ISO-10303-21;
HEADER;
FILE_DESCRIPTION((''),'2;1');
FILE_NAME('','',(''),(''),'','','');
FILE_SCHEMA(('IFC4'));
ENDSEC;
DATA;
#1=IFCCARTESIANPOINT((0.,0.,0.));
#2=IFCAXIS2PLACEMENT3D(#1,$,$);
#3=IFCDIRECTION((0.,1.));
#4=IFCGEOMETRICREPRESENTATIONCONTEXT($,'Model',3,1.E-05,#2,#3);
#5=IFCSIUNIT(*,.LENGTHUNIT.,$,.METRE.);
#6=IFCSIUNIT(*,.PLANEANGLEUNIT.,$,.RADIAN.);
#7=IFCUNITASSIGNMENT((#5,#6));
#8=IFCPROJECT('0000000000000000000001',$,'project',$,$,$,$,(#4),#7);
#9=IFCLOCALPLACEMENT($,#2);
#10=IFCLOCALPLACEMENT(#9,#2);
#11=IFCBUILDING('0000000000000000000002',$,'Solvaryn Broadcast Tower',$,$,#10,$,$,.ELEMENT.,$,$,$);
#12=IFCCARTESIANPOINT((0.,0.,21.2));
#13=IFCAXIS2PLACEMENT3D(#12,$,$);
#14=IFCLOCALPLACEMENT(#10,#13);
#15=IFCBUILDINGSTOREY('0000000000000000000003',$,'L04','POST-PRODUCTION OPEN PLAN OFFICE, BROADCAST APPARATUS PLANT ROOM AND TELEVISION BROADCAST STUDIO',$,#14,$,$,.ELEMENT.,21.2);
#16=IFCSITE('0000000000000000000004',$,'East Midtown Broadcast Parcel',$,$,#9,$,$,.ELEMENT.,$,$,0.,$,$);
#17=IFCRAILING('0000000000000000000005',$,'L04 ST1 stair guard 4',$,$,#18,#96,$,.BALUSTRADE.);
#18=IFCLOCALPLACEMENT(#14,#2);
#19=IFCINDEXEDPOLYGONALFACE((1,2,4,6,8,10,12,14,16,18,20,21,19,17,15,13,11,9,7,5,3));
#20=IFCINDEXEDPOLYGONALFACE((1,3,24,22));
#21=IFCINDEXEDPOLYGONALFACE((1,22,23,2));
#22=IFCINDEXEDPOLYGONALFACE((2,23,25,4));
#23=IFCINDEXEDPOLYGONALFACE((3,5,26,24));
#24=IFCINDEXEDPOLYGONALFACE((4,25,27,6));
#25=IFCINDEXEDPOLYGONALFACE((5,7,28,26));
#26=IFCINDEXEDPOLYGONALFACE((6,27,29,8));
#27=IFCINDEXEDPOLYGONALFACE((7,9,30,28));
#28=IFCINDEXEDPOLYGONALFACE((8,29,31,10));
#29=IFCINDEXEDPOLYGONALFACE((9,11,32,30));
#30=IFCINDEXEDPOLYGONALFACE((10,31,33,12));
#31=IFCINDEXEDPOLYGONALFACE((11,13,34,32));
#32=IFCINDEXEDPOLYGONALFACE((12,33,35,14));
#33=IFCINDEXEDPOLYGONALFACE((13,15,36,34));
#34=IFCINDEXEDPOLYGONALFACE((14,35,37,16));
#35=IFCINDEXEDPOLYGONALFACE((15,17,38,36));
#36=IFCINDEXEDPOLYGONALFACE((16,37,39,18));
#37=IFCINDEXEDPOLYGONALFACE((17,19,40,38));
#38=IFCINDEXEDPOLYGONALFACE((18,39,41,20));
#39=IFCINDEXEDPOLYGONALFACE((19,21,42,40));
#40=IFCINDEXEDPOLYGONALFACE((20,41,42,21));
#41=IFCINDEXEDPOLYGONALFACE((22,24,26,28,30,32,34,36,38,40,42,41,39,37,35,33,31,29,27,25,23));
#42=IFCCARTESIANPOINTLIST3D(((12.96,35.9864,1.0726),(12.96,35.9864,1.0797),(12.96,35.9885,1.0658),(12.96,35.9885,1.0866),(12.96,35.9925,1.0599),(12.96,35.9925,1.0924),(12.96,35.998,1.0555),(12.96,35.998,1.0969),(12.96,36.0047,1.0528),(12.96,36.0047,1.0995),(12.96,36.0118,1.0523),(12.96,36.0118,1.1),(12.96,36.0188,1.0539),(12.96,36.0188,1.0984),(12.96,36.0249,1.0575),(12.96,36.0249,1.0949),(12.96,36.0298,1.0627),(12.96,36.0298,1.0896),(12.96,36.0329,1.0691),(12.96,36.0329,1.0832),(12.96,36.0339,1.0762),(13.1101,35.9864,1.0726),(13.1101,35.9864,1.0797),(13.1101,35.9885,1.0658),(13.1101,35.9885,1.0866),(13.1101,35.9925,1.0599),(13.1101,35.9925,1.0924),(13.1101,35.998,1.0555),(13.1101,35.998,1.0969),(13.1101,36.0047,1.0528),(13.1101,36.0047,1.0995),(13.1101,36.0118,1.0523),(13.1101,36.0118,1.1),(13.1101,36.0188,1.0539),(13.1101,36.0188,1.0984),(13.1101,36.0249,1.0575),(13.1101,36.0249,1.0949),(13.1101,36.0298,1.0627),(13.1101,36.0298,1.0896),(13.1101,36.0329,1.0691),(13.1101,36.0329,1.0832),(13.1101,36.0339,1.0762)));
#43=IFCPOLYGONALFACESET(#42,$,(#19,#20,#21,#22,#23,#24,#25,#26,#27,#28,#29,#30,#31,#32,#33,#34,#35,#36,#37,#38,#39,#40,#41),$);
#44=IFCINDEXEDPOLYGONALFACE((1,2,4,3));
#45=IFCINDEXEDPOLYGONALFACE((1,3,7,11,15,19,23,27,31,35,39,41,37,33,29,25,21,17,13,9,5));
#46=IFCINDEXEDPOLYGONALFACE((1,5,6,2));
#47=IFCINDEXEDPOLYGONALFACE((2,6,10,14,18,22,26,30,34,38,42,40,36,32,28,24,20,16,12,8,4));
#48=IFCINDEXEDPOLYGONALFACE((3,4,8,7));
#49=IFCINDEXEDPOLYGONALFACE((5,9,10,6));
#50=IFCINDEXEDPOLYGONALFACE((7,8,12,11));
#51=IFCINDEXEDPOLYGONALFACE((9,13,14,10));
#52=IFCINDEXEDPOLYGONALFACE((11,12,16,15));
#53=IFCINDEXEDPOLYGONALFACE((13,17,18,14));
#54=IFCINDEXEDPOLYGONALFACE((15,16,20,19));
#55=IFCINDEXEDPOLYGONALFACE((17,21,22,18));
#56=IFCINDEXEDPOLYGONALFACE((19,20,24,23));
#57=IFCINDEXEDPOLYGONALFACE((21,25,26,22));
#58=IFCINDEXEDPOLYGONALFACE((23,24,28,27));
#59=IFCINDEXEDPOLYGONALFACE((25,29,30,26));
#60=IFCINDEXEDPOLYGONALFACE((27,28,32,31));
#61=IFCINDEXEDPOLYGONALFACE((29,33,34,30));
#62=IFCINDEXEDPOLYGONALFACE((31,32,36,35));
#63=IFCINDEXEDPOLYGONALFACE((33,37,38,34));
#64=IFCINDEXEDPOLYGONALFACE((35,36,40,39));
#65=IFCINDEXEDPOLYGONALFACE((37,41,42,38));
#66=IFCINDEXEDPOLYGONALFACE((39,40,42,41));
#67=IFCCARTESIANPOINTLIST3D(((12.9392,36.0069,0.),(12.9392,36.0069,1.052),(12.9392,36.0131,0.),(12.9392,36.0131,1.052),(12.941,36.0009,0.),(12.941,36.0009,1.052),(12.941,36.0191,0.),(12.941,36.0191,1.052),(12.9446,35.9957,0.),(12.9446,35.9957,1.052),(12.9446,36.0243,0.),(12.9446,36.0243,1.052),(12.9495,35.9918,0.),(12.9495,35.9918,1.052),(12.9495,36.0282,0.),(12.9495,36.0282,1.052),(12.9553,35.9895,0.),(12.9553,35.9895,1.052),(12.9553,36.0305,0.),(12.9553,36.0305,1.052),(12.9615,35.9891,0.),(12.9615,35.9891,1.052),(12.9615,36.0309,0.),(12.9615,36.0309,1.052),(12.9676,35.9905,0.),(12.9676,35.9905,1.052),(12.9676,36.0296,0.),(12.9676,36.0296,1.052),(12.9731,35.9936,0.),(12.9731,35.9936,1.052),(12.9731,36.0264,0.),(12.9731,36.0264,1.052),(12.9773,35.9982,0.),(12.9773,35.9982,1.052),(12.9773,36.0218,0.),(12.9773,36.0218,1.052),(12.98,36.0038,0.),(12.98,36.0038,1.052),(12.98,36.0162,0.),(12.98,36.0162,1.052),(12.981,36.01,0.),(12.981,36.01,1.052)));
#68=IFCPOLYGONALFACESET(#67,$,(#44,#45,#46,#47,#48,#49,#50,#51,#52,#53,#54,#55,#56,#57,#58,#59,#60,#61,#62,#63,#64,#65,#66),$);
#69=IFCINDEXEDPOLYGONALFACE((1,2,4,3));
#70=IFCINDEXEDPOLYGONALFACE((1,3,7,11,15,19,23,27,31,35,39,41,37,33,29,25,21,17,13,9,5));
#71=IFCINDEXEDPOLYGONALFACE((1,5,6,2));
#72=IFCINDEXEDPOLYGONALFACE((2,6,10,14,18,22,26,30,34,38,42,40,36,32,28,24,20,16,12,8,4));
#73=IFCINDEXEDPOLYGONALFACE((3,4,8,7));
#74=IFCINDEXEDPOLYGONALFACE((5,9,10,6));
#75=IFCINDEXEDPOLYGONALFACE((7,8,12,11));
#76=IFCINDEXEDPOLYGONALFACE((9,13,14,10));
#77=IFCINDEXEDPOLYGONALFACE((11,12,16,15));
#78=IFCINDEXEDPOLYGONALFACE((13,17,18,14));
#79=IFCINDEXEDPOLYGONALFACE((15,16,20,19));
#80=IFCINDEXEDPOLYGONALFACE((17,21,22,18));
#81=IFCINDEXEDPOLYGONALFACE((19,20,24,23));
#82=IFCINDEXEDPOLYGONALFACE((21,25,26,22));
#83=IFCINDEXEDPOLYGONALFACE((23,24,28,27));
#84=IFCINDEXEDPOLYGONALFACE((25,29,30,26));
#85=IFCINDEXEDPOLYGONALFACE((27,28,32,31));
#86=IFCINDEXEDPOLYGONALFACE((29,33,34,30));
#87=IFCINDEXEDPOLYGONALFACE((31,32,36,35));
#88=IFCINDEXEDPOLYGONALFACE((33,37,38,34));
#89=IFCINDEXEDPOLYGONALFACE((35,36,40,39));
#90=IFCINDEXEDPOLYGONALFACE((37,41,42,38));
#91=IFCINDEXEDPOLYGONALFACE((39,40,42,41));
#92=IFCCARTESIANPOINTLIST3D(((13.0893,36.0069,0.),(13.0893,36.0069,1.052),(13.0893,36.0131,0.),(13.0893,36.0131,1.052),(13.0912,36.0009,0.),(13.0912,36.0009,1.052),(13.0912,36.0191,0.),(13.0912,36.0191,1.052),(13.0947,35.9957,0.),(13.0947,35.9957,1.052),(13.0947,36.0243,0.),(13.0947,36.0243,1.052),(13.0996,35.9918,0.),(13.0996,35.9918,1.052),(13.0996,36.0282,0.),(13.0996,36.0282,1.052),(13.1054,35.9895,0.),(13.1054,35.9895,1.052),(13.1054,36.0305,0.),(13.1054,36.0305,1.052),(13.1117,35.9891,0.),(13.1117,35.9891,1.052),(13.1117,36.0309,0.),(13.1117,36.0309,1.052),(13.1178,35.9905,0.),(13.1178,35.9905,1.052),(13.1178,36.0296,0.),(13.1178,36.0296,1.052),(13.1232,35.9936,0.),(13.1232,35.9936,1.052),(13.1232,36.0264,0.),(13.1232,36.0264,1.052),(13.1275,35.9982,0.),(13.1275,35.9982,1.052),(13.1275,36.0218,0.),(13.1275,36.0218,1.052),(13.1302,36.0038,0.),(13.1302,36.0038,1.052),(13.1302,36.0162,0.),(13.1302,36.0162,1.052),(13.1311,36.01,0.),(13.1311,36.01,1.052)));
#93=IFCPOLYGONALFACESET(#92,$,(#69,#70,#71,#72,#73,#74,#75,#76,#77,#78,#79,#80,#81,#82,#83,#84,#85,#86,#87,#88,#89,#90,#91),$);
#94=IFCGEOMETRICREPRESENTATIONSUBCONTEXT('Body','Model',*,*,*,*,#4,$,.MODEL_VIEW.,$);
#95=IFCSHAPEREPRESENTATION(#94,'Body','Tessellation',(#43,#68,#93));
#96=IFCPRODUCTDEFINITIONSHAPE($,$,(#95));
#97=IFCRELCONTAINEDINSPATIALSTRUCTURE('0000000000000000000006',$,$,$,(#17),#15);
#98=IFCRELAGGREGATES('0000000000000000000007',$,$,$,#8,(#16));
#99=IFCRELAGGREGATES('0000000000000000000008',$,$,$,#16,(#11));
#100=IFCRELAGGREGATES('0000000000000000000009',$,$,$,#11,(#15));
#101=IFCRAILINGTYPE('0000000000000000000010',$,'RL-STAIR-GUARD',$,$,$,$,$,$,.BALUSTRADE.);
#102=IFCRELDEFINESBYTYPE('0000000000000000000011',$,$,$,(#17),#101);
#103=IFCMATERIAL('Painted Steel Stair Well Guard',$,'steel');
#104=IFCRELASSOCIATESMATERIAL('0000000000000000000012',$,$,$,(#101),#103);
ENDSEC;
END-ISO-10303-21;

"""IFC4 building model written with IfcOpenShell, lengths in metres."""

from ifc_helpers import new_model, si_unit, direction, frame, origin, origin_2d, place, context, subcontext, project, spatial, circle, extrude, material, type_object, element, save


model = new_model("IFC4")

# Units and contexts
model_context = context("Model", 3, precision=1e-05, world=origin(), true_north=direction((0.0, 1.0)))
body_context = subcontext(model_context, "Body", "Model", "MODEL_VIEW")
ifc_project = project(units=[si_unit("LENGTHUNIT", "METRE"), si_unit("PLANEANGLEUNIT", "RADIAN")], contexts=[model_context])

# Site, building, storey
site_placement = place(None, origin())
site = spatial("IfcSite", under=ifc_project, at=site_placement, Name="East Midtown Broadcast Parcel", CompositionType="ELEMENT", RefElevation=0.0)
building_placement = place(site_placement, origin())
building = spatial("IfcBuilding", under=site, at=building_placement, Name="Solvaryn Broadcast Tower", CompositionType="ELEMENT")
storey_placement = place(building_placement, frame((0.0, 0.0, 21.2)))
storey = spatial("IfcBuildingStorey", under=building, at=storey_placement, Name="L04", Description="POST-PRODUCTION OPEN PLAN OFFICE, BROADCAST APPARATUS PLANT ROOM AND TELEVISION BROADCAST STUDIO", CompositionType="ELEMENT", Elevation=21.2)

# Railing
ifc_material_1 = material(Name="Painted Steel Stair Well Guard", Category="steel")
railing_type = type_object("IfcRailingType", Name="RL-STAIR-GUARD", PredefinedType="BALUSTRADE", material=ifc_material_1)
railing_1_placement = place(storey_placement, frame((12.96, 36.01, 0.0)))
element("IfcRailing", 1, at=railing_1_placement, inside=storey, type_object=railing_type, Name="L04 ST1 stair guard 4", PredefinedType="BALUSTRADE", context=body_context, shape_type="SweptSolid", body=[
    extrude(circle(Radius=0.0239, at=origin_2d()), frame((0.0, 0.0, 1.0762), z_axis=(1.0, 0.0, 0.0), x_axis=(0.0, 1.0, 0.0)), (0.0, 0.0, 1.0), 0.1501),
    extrude(circle(Radius=0.021, at=origin_2d()), origin(), (0.0, 0.0, 1.0), 1.052),
    extrude(circle(Radius=0.021, at=origin_2d()), frame((0.1501, 0.0, 0.0)), (0.0, 0.0, 1.0), 1.052),
])

save(model, "model.ifc")
